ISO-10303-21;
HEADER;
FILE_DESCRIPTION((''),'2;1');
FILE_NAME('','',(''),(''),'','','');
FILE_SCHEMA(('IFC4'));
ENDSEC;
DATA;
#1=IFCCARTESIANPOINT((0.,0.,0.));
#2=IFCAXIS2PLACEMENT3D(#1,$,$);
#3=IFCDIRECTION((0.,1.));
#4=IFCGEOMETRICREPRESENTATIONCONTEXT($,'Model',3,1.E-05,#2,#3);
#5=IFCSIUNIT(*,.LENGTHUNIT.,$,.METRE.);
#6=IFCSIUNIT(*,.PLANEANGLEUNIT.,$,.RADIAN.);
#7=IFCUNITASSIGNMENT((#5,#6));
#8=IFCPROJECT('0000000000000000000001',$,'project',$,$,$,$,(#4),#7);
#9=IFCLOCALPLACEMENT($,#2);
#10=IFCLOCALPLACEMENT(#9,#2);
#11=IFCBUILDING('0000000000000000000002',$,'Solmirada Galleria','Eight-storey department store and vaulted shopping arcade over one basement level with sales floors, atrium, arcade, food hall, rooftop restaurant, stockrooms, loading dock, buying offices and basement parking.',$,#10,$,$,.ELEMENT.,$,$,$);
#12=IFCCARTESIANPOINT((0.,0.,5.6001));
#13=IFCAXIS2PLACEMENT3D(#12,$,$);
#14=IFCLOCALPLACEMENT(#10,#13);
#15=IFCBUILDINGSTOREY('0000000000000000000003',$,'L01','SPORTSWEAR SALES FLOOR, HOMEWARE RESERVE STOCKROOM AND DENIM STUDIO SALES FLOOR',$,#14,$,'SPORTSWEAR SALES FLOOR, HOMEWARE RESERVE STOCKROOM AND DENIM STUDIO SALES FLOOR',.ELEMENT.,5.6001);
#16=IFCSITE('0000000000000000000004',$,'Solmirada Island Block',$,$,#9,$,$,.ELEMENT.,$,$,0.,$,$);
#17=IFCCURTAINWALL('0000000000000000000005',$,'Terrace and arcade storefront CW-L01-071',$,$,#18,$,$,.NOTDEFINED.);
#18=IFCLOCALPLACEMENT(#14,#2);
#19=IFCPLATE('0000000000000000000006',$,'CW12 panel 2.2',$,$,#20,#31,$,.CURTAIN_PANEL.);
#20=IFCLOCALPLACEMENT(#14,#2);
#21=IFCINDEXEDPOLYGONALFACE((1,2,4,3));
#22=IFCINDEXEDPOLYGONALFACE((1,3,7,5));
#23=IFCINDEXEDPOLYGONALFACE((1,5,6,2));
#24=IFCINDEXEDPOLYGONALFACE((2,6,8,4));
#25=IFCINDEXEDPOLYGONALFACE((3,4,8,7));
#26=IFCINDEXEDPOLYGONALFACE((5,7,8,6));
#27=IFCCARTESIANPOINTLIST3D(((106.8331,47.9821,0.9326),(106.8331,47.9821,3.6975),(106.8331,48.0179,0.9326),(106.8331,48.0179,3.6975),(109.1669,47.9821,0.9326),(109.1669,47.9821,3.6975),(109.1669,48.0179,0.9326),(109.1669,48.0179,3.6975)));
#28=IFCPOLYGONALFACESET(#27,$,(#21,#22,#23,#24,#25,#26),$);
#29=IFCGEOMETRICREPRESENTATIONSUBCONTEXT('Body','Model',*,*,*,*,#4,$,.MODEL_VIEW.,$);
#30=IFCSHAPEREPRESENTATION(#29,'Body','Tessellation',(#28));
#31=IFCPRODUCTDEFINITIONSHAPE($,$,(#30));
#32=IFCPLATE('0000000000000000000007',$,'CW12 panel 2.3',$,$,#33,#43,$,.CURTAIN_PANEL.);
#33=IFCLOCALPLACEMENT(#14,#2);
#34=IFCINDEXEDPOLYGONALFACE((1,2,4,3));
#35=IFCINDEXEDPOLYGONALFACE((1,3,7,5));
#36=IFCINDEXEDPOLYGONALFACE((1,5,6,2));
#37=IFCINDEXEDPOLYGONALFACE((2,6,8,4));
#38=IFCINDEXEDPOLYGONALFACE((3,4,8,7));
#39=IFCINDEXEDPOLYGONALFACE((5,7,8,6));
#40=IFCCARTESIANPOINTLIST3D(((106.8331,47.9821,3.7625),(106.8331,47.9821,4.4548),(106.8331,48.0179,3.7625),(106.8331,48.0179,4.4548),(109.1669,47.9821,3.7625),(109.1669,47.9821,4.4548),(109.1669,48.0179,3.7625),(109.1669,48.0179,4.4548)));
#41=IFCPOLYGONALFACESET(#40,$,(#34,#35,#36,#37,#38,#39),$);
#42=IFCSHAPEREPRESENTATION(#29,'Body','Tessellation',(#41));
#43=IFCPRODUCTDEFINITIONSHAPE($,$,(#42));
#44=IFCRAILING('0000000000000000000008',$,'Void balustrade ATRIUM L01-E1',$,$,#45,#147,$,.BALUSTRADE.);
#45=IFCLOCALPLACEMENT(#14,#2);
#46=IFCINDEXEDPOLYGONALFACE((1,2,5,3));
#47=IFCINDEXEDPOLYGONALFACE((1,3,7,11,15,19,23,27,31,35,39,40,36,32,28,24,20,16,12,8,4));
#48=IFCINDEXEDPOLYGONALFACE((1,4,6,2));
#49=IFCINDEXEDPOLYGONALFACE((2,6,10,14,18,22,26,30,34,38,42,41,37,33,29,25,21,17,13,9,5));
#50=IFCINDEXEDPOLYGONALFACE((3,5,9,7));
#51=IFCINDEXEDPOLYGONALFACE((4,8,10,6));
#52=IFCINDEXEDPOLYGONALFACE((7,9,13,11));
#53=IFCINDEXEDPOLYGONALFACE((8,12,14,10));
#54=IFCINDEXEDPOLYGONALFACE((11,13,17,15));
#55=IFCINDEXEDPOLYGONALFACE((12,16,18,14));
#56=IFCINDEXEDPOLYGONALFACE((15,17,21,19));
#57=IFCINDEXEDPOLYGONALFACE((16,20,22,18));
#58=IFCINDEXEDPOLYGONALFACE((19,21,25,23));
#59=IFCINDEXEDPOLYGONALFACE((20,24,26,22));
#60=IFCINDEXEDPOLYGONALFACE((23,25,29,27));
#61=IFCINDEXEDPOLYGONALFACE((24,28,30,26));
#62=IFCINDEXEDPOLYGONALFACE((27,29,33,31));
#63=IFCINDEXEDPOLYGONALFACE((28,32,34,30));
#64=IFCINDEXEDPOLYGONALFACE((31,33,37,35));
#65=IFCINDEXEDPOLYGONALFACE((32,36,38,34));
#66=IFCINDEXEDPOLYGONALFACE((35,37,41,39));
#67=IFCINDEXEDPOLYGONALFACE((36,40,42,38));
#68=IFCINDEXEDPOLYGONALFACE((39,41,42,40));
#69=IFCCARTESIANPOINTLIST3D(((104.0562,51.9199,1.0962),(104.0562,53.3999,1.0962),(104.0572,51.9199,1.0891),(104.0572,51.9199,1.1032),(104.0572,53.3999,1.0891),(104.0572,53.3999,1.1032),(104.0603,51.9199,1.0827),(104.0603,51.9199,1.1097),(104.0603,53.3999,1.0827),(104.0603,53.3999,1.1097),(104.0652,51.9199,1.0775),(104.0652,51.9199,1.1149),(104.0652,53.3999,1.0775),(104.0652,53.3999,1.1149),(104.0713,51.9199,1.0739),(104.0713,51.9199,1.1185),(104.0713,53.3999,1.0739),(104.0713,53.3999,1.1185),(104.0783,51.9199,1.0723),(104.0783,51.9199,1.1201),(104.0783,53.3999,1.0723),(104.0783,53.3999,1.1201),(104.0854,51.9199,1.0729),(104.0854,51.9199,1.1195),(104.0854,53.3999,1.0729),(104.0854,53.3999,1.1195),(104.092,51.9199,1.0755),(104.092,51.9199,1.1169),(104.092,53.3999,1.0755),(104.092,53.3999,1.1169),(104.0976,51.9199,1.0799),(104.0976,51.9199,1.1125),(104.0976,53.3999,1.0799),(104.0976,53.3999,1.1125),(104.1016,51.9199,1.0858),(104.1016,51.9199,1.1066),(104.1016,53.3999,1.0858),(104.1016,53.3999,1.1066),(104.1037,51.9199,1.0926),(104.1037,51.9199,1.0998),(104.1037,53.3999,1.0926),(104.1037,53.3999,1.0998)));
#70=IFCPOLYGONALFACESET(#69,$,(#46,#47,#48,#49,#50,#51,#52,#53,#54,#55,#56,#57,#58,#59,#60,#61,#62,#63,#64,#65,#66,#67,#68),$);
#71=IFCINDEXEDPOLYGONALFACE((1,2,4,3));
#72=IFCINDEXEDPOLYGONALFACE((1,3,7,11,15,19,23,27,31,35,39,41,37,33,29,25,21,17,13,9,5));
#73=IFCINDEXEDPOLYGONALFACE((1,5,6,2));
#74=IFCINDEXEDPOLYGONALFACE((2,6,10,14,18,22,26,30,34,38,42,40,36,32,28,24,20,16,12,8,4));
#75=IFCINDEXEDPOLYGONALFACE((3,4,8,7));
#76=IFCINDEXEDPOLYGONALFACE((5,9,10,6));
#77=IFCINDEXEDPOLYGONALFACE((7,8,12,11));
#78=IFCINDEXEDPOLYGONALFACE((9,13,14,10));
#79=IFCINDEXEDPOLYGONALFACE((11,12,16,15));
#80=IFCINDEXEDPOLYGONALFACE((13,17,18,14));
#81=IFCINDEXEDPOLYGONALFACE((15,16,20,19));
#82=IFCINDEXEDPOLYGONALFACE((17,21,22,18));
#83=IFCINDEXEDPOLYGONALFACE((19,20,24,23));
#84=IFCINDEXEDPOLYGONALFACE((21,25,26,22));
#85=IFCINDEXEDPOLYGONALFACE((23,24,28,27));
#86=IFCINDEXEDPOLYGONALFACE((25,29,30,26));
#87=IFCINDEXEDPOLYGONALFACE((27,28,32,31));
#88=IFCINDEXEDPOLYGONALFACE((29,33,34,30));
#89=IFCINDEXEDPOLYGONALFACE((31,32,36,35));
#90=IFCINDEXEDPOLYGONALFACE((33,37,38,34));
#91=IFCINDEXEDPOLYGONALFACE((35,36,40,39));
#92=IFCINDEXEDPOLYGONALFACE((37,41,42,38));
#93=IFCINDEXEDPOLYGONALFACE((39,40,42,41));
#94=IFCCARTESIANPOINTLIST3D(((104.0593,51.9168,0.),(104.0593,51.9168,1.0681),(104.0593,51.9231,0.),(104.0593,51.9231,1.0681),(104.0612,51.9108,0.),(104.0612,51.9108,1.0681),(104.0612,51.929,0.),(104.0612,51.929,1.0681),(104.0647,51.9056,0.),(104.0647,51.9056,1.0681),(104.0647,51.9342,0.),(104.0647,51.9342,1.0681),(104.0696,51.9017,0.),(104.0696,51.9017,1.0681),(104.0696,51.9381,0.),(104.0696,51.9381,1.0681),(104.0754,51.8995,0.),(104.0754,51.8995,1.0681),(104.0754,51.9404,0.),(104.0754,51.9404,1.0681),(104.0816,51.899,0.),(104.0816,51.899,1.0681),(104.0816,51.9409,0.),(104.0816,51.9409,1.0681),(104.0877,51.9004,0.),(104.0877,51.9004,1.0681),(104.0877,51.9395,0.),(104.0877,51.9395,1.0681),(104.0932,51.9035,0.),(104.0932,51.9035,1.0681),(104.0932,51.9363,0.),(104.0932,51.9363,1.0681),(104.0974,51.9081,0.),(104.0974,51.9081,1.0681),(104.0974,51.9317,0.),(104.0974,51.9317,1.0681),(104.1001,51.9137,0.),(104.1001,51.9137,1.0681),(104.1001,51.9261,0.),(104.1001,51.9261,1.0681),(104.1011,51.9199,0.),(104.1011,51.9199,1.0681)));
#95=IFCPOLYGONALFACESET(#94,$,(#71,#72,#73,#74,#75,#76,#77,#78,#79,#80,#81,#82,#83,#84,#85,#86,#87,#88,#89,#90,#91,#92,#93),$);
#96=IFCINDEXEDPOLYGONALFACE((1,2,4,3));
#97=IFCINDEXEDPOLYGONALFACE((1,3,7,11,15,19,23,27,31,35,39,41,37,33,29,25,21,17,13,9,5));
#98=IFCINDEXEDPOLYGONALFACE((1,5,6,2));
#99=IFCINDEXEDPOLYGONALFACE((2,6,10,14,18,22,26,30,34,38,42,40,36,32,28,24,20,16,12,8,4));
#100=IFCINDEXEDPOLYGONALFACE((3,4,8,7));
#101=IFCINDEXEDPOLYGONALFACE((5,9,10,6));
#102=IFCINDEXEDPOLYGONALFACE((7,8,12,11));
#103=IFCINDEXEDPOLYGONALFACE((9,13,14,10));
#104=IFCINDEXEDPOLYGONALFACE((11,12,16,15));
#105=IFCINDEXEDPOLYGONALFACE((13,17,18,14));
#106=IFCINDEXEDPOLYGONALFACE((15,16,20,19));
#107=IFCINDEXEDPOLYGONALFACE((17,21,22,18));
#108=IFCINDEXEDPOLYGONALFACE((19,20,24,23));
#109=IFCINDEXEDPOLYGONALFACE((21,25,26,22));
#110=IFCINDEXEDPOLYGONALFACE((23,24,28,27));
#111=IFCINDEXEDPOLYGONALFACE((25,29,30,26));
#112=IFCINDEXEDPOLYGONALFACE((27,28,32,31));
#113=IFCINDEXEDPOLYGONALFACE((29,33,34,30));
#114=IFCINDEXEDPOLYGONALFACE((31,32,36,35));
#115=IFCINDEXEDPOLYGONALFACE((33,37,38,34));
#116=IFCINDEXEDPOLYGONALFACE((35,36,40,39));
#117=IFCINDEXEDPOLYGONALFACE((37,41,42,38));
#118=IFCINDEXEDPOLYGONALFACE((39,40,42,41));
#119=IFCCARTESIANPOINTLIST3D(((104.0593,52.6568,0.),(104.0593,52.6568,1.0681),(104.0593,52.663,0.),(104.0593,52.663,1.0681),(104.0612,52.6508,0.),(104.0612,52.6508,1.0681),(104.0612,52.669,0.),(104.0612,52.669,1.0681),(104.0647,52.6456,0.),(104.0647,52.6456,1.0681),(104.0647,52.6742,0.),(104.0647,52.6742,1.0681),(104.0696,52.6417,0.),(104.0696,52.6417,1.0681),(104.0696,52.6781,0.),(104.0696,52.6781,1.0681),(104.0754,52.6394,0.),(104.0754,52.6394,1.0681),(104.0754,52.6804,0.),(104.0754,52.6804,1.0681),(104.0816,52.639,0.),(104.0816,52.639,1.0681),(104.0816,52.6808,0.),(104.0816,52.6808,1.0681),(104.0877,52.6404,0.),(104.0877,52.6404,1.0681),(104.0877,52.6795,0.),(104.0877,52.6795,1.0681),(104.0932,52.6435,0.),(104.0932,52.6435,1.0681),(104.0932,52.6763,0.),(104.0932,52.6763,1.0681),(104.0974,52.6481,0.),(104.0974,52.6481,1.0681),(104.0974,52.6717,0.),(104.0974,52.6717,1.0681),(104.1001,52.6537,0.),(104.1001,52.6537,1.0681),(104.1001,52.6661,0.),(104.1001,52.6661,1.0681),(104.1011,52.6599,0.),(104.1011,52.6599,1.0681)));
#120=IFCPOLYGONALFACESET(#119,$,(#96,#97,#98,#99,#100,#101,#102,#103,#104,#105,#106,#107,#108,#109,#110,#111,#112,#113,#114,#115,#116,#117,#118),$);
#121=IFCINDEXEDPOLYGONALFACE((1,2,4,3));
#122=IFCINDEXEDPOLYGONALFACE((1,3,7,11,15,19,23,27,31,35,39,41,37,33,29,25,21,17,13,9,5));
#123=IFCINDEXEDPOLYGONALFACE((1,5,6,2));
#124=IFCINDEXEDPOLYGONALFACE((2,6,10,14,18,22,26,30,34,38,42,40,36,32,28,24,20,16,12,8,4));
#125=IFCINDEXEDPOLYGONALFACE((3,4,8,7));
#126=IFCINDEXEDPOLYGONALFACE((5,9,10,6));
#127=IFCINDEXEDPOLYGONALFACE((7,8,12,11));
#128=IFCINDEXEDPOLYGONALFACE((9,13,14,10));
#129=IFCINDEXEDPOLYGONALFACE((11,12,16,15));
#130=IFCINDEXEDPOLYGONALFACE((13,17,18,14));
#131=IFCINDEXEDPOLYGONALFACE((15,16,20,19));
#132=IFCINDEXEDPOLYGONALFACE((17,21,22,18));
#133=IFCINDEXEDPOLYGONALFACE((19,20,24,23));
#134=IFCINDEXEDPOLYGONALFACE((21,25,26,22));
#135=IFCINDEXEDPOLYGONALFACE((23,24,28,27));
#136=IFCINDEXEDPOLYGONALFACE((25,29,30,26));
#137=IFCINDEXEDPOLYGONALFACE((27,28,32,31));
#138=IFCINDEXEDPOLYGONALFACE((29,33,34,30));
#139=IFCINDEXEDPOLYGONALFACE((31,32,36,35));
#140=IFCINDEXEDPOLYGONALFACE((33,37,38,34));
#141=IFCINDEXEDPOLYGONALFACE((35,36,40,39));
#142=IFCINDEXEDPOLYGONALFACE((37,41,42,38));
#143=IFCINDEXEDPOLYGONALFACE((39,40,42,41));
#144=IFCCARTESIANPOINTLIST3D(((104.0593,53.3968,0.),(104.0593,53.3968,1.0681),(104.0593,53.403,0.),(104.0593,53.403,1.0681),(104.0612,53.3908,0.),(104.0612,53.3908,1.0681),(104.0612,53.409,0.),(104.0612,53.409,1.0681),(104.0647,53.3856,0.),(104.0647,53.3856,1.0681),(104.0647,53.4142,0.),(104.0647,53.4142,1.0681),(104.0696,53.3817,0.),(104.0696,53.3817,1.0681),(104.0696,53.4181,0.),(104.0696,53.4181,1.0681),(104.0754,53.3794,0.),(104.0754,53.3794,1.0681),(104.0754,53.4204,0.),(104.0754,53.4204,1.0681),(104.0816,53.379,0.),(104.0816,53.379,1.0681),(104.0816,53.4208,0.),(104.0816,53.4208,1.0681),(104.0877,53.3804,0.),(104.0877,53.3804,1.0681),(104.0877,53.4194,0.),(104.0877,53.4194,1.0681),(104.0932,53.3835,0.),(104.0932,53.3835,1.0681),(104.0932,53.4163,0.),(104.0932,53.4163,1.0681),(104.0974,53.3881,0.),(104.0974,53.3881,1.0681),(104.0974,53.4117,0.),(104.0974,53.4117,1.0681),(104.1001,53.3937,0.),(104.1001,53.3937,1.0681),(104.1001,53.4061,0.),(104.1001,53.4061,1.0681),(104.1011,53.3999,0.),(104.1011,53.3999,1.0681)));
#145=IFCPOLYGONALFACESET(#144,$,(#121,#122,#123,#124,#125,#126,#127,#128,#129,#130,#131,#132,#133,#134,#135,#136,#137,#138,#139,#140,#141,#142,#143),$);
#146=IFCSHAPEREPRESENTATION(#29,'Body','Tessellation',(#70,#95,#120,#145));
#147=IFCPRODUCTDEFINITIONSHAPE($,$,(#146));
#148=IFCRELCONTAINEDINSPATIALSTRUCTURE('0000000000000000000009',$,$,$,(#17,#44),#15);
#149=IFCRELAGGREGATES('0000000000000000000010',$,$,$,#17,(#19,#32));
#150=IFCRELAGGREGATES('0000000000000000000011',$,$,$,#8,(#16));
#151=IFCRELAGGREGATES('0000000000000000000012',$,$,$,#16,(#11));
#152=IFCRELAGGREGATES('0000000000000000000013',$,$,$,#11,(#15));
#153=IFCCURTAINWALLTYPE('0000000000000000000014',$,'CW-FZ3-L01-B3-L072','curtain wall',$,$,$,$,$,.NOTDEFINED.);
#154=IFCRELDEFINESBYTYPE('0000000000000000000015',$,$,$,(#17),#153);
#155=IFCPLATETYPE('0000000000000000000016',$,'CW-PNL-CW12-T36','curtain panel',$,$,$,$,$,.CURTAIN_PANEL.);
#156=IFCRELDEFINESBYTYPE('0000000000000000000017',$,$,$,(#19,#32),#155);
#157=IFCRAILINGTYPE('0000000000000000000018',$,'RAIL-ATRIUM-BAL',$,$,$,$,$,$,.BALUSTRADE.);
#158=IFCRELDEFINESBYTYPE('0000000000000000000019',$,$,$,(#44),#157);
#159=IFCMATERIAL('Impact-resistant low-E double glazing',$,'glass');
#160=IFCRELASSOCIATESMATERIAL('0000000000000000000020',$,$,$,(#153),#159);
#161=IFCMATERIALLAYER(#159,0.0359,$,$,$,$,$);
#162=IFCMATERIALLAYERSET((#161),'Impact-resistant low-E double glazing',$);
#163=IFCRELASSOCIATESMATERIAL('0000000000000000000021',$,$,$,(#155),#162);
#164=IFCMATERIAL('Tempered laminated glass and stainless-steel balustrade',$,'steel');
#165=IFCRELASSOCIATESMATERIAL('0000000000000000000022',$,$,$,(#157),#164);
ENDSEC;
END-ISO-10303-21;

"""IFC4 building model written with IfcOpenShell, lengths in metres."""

from ifc_helpers import new_model, si_unit, direction, frame, origin, origin_2d, place, context, subcontext, project, spatial, rectangle, circle, extrude, material, layer, layer_set, type_object, element, aggregate, save


model = new_model("IFC4")

# Units and contexts
model_context = context("Model", 3, precision=1e-05, world=origin(), true_north=direction((0.0, 1.0)))
body_context = subcontext(model_context, "Body", "Model", "MODEL_VIEW")
ifc_project = project(units=[si_unit("LENGTHUNIT", "METRE"), si_unit("PLANEANGLEUNIT", "RADIAN")], contexts=[model_context])

# Site, building, storey
site_placement = place(None, origin())
site = spatial("IfcSite", under=ifc_project, at=site_placement, Name="Solmirada Island Block", CompositionType="ELEMENT", RefElevation=0.0)
building_placement = place(site_placement, origin())
building = spatial("IfcBuilding", under=site, at=building_placement, Name="Solmirada Galleria", Description="Eight-storey department store and vaulted shopping arcade over one basement level with sales floors, atrium, arcade, food hall, rooftop restaurant, stockrooms, loading dock, buying offices and basement parking.", CompositionType="ELEMENT")
storey_placement = place(building_placement, frame((0.0, 0.0, 5.6001)))
storey = spatial("IfcBuildingStorey", under=building, at=storey_placement, Name="L01", Description="SPORTSWEAR SALES FLOOR, HOMEWARE RESERVE STOCKROOM AND DENIM STUDIO SALES FLOOR", LongName="SPORTSWEAR SALES FLOOR, HOMEWARE RESERVE STOCKROOM AND DENIM STUDIO SALES FLOOR", CompositionType="ELEMENT", Elevation=5.6001)

# Curtain wall
ifc_material_1 = material(Name="Impact-resistant low-E double glazing", Category="glass")
curtain_wall_type = type_object("IfcCurtainWallType", Name="CW-FZ3-L01-B3-L072", Description="curtain wall", PredefinedType="NOTDEFINED", material=ifc_material_1)
curtain_wall_1_placement = place(storey_placement, origin())
curtain_wall_1 = element("IfcCurtainWall", 1, at=curtain_wall_1_placement, inside=storey, type_object=curtain_wall_type, Name="Terrace and arcade storefront CW-L01-071", PredefinedType="NOTDEFINED")

# Plates
ifc_layer = layer(ifc_material_1, 0.0359)
ifc_layer_set = layer_set([ifc_layer], Name="Impact-resistant low-E double glazing")
plate_type = type_object("IfcPlateType", Name="CW-PNL-CW12-T36", Description="curtain panel", PredefinedType="CURTAIN_PANEL", material=ifc_layer_set)
plate_1_placement = place(storey_placement, frame((108.0, 48.0, 0.9326), z_axis=(0.0, 0.0, 1.0), x_axis=(-1.0, 0.0, 0.0)))
plate_1 = element("IfcPlate", 2, at=plate_1_placement, type_object=plate_type, Name="CW12 panel 2.2", PredefinedType="CURTAIN_PANEL", context=body_context, shape_type="SweptSolid", body=[
    extrude(rectangle(XDim=2.3337, YDim=0.0359, at=origin_2d()), origin(), (0.0, 0.0, 1.0), 2.7649),
])
plate_2_placement = place(storey_placement, frame((108.0, 48.0, 3.7625), z_axis=(0.0, 0.0, 1.0), x_axis=(-1.0, 0.0, 0.0)))
plate_2 = element("IfcPlate", 3, at=plate_2_placement, type_object=plate_type, Name="CW12 panel 2.3", PredefinedType="CURTAIN_PANEL", context=body_context, shape_type="SweptSolid", body=[
    extrude(rectangle(XDim=2.3337, YDim=0.0359, at=origin_2d()), origin(), (0.0, 0.0, 1.0), 0.6924),
])
aggregate(curtain_wall_1, [plate_1, plate_2])

# Railing
ifc_material_2 = material(Name="Tempered laminated glass and stainless-steel balustrade", Category="steel")
railing_type = type_object("IfcRailingType", Name="RAIL-ATRIUM-BAL", PredefinedType="BALUSTRADE", material=ifc_material_2)
railing_placement = place(storey_placement, frame((104.0801, 51.9199, 0.0)))
element("IfcRailing", 4, at=railing_placement, inside=storey, type_object=railing_type, Name="Void balustrade ATRIUM L01-E1", PredefinedType="BALUSTRADE", context=body_context, shape_type="SweptSolid", body=[
    extrude(circle(Radius=0.0239, at=origin_2d()), frame((0.0, 0.0, 1.0962), z_axis=(0.0, 1.0, 0.0), x_axis=(-1.0, 0.0, 0.0)), (0.0, 0.0, 1.0), 1.48),
    extrude(circle(Radius=0.021, at=origin_2d()), origin(), (0.0, 0.0, 1.0), 1.0681),
    extrude(circle(Radius=0.021, at=origin_2d()), frame((0.0, 0.74, 0.0)), (0.0, 0.0, 1.0), 1.0681),
    extrude(circle(Radius=0.021, at=origin_2d()), frame((0.0, 1.48, 0.0)), (0.0, 0.0, 1.0), 1.0681),
])

save(model, "model.ifc")
